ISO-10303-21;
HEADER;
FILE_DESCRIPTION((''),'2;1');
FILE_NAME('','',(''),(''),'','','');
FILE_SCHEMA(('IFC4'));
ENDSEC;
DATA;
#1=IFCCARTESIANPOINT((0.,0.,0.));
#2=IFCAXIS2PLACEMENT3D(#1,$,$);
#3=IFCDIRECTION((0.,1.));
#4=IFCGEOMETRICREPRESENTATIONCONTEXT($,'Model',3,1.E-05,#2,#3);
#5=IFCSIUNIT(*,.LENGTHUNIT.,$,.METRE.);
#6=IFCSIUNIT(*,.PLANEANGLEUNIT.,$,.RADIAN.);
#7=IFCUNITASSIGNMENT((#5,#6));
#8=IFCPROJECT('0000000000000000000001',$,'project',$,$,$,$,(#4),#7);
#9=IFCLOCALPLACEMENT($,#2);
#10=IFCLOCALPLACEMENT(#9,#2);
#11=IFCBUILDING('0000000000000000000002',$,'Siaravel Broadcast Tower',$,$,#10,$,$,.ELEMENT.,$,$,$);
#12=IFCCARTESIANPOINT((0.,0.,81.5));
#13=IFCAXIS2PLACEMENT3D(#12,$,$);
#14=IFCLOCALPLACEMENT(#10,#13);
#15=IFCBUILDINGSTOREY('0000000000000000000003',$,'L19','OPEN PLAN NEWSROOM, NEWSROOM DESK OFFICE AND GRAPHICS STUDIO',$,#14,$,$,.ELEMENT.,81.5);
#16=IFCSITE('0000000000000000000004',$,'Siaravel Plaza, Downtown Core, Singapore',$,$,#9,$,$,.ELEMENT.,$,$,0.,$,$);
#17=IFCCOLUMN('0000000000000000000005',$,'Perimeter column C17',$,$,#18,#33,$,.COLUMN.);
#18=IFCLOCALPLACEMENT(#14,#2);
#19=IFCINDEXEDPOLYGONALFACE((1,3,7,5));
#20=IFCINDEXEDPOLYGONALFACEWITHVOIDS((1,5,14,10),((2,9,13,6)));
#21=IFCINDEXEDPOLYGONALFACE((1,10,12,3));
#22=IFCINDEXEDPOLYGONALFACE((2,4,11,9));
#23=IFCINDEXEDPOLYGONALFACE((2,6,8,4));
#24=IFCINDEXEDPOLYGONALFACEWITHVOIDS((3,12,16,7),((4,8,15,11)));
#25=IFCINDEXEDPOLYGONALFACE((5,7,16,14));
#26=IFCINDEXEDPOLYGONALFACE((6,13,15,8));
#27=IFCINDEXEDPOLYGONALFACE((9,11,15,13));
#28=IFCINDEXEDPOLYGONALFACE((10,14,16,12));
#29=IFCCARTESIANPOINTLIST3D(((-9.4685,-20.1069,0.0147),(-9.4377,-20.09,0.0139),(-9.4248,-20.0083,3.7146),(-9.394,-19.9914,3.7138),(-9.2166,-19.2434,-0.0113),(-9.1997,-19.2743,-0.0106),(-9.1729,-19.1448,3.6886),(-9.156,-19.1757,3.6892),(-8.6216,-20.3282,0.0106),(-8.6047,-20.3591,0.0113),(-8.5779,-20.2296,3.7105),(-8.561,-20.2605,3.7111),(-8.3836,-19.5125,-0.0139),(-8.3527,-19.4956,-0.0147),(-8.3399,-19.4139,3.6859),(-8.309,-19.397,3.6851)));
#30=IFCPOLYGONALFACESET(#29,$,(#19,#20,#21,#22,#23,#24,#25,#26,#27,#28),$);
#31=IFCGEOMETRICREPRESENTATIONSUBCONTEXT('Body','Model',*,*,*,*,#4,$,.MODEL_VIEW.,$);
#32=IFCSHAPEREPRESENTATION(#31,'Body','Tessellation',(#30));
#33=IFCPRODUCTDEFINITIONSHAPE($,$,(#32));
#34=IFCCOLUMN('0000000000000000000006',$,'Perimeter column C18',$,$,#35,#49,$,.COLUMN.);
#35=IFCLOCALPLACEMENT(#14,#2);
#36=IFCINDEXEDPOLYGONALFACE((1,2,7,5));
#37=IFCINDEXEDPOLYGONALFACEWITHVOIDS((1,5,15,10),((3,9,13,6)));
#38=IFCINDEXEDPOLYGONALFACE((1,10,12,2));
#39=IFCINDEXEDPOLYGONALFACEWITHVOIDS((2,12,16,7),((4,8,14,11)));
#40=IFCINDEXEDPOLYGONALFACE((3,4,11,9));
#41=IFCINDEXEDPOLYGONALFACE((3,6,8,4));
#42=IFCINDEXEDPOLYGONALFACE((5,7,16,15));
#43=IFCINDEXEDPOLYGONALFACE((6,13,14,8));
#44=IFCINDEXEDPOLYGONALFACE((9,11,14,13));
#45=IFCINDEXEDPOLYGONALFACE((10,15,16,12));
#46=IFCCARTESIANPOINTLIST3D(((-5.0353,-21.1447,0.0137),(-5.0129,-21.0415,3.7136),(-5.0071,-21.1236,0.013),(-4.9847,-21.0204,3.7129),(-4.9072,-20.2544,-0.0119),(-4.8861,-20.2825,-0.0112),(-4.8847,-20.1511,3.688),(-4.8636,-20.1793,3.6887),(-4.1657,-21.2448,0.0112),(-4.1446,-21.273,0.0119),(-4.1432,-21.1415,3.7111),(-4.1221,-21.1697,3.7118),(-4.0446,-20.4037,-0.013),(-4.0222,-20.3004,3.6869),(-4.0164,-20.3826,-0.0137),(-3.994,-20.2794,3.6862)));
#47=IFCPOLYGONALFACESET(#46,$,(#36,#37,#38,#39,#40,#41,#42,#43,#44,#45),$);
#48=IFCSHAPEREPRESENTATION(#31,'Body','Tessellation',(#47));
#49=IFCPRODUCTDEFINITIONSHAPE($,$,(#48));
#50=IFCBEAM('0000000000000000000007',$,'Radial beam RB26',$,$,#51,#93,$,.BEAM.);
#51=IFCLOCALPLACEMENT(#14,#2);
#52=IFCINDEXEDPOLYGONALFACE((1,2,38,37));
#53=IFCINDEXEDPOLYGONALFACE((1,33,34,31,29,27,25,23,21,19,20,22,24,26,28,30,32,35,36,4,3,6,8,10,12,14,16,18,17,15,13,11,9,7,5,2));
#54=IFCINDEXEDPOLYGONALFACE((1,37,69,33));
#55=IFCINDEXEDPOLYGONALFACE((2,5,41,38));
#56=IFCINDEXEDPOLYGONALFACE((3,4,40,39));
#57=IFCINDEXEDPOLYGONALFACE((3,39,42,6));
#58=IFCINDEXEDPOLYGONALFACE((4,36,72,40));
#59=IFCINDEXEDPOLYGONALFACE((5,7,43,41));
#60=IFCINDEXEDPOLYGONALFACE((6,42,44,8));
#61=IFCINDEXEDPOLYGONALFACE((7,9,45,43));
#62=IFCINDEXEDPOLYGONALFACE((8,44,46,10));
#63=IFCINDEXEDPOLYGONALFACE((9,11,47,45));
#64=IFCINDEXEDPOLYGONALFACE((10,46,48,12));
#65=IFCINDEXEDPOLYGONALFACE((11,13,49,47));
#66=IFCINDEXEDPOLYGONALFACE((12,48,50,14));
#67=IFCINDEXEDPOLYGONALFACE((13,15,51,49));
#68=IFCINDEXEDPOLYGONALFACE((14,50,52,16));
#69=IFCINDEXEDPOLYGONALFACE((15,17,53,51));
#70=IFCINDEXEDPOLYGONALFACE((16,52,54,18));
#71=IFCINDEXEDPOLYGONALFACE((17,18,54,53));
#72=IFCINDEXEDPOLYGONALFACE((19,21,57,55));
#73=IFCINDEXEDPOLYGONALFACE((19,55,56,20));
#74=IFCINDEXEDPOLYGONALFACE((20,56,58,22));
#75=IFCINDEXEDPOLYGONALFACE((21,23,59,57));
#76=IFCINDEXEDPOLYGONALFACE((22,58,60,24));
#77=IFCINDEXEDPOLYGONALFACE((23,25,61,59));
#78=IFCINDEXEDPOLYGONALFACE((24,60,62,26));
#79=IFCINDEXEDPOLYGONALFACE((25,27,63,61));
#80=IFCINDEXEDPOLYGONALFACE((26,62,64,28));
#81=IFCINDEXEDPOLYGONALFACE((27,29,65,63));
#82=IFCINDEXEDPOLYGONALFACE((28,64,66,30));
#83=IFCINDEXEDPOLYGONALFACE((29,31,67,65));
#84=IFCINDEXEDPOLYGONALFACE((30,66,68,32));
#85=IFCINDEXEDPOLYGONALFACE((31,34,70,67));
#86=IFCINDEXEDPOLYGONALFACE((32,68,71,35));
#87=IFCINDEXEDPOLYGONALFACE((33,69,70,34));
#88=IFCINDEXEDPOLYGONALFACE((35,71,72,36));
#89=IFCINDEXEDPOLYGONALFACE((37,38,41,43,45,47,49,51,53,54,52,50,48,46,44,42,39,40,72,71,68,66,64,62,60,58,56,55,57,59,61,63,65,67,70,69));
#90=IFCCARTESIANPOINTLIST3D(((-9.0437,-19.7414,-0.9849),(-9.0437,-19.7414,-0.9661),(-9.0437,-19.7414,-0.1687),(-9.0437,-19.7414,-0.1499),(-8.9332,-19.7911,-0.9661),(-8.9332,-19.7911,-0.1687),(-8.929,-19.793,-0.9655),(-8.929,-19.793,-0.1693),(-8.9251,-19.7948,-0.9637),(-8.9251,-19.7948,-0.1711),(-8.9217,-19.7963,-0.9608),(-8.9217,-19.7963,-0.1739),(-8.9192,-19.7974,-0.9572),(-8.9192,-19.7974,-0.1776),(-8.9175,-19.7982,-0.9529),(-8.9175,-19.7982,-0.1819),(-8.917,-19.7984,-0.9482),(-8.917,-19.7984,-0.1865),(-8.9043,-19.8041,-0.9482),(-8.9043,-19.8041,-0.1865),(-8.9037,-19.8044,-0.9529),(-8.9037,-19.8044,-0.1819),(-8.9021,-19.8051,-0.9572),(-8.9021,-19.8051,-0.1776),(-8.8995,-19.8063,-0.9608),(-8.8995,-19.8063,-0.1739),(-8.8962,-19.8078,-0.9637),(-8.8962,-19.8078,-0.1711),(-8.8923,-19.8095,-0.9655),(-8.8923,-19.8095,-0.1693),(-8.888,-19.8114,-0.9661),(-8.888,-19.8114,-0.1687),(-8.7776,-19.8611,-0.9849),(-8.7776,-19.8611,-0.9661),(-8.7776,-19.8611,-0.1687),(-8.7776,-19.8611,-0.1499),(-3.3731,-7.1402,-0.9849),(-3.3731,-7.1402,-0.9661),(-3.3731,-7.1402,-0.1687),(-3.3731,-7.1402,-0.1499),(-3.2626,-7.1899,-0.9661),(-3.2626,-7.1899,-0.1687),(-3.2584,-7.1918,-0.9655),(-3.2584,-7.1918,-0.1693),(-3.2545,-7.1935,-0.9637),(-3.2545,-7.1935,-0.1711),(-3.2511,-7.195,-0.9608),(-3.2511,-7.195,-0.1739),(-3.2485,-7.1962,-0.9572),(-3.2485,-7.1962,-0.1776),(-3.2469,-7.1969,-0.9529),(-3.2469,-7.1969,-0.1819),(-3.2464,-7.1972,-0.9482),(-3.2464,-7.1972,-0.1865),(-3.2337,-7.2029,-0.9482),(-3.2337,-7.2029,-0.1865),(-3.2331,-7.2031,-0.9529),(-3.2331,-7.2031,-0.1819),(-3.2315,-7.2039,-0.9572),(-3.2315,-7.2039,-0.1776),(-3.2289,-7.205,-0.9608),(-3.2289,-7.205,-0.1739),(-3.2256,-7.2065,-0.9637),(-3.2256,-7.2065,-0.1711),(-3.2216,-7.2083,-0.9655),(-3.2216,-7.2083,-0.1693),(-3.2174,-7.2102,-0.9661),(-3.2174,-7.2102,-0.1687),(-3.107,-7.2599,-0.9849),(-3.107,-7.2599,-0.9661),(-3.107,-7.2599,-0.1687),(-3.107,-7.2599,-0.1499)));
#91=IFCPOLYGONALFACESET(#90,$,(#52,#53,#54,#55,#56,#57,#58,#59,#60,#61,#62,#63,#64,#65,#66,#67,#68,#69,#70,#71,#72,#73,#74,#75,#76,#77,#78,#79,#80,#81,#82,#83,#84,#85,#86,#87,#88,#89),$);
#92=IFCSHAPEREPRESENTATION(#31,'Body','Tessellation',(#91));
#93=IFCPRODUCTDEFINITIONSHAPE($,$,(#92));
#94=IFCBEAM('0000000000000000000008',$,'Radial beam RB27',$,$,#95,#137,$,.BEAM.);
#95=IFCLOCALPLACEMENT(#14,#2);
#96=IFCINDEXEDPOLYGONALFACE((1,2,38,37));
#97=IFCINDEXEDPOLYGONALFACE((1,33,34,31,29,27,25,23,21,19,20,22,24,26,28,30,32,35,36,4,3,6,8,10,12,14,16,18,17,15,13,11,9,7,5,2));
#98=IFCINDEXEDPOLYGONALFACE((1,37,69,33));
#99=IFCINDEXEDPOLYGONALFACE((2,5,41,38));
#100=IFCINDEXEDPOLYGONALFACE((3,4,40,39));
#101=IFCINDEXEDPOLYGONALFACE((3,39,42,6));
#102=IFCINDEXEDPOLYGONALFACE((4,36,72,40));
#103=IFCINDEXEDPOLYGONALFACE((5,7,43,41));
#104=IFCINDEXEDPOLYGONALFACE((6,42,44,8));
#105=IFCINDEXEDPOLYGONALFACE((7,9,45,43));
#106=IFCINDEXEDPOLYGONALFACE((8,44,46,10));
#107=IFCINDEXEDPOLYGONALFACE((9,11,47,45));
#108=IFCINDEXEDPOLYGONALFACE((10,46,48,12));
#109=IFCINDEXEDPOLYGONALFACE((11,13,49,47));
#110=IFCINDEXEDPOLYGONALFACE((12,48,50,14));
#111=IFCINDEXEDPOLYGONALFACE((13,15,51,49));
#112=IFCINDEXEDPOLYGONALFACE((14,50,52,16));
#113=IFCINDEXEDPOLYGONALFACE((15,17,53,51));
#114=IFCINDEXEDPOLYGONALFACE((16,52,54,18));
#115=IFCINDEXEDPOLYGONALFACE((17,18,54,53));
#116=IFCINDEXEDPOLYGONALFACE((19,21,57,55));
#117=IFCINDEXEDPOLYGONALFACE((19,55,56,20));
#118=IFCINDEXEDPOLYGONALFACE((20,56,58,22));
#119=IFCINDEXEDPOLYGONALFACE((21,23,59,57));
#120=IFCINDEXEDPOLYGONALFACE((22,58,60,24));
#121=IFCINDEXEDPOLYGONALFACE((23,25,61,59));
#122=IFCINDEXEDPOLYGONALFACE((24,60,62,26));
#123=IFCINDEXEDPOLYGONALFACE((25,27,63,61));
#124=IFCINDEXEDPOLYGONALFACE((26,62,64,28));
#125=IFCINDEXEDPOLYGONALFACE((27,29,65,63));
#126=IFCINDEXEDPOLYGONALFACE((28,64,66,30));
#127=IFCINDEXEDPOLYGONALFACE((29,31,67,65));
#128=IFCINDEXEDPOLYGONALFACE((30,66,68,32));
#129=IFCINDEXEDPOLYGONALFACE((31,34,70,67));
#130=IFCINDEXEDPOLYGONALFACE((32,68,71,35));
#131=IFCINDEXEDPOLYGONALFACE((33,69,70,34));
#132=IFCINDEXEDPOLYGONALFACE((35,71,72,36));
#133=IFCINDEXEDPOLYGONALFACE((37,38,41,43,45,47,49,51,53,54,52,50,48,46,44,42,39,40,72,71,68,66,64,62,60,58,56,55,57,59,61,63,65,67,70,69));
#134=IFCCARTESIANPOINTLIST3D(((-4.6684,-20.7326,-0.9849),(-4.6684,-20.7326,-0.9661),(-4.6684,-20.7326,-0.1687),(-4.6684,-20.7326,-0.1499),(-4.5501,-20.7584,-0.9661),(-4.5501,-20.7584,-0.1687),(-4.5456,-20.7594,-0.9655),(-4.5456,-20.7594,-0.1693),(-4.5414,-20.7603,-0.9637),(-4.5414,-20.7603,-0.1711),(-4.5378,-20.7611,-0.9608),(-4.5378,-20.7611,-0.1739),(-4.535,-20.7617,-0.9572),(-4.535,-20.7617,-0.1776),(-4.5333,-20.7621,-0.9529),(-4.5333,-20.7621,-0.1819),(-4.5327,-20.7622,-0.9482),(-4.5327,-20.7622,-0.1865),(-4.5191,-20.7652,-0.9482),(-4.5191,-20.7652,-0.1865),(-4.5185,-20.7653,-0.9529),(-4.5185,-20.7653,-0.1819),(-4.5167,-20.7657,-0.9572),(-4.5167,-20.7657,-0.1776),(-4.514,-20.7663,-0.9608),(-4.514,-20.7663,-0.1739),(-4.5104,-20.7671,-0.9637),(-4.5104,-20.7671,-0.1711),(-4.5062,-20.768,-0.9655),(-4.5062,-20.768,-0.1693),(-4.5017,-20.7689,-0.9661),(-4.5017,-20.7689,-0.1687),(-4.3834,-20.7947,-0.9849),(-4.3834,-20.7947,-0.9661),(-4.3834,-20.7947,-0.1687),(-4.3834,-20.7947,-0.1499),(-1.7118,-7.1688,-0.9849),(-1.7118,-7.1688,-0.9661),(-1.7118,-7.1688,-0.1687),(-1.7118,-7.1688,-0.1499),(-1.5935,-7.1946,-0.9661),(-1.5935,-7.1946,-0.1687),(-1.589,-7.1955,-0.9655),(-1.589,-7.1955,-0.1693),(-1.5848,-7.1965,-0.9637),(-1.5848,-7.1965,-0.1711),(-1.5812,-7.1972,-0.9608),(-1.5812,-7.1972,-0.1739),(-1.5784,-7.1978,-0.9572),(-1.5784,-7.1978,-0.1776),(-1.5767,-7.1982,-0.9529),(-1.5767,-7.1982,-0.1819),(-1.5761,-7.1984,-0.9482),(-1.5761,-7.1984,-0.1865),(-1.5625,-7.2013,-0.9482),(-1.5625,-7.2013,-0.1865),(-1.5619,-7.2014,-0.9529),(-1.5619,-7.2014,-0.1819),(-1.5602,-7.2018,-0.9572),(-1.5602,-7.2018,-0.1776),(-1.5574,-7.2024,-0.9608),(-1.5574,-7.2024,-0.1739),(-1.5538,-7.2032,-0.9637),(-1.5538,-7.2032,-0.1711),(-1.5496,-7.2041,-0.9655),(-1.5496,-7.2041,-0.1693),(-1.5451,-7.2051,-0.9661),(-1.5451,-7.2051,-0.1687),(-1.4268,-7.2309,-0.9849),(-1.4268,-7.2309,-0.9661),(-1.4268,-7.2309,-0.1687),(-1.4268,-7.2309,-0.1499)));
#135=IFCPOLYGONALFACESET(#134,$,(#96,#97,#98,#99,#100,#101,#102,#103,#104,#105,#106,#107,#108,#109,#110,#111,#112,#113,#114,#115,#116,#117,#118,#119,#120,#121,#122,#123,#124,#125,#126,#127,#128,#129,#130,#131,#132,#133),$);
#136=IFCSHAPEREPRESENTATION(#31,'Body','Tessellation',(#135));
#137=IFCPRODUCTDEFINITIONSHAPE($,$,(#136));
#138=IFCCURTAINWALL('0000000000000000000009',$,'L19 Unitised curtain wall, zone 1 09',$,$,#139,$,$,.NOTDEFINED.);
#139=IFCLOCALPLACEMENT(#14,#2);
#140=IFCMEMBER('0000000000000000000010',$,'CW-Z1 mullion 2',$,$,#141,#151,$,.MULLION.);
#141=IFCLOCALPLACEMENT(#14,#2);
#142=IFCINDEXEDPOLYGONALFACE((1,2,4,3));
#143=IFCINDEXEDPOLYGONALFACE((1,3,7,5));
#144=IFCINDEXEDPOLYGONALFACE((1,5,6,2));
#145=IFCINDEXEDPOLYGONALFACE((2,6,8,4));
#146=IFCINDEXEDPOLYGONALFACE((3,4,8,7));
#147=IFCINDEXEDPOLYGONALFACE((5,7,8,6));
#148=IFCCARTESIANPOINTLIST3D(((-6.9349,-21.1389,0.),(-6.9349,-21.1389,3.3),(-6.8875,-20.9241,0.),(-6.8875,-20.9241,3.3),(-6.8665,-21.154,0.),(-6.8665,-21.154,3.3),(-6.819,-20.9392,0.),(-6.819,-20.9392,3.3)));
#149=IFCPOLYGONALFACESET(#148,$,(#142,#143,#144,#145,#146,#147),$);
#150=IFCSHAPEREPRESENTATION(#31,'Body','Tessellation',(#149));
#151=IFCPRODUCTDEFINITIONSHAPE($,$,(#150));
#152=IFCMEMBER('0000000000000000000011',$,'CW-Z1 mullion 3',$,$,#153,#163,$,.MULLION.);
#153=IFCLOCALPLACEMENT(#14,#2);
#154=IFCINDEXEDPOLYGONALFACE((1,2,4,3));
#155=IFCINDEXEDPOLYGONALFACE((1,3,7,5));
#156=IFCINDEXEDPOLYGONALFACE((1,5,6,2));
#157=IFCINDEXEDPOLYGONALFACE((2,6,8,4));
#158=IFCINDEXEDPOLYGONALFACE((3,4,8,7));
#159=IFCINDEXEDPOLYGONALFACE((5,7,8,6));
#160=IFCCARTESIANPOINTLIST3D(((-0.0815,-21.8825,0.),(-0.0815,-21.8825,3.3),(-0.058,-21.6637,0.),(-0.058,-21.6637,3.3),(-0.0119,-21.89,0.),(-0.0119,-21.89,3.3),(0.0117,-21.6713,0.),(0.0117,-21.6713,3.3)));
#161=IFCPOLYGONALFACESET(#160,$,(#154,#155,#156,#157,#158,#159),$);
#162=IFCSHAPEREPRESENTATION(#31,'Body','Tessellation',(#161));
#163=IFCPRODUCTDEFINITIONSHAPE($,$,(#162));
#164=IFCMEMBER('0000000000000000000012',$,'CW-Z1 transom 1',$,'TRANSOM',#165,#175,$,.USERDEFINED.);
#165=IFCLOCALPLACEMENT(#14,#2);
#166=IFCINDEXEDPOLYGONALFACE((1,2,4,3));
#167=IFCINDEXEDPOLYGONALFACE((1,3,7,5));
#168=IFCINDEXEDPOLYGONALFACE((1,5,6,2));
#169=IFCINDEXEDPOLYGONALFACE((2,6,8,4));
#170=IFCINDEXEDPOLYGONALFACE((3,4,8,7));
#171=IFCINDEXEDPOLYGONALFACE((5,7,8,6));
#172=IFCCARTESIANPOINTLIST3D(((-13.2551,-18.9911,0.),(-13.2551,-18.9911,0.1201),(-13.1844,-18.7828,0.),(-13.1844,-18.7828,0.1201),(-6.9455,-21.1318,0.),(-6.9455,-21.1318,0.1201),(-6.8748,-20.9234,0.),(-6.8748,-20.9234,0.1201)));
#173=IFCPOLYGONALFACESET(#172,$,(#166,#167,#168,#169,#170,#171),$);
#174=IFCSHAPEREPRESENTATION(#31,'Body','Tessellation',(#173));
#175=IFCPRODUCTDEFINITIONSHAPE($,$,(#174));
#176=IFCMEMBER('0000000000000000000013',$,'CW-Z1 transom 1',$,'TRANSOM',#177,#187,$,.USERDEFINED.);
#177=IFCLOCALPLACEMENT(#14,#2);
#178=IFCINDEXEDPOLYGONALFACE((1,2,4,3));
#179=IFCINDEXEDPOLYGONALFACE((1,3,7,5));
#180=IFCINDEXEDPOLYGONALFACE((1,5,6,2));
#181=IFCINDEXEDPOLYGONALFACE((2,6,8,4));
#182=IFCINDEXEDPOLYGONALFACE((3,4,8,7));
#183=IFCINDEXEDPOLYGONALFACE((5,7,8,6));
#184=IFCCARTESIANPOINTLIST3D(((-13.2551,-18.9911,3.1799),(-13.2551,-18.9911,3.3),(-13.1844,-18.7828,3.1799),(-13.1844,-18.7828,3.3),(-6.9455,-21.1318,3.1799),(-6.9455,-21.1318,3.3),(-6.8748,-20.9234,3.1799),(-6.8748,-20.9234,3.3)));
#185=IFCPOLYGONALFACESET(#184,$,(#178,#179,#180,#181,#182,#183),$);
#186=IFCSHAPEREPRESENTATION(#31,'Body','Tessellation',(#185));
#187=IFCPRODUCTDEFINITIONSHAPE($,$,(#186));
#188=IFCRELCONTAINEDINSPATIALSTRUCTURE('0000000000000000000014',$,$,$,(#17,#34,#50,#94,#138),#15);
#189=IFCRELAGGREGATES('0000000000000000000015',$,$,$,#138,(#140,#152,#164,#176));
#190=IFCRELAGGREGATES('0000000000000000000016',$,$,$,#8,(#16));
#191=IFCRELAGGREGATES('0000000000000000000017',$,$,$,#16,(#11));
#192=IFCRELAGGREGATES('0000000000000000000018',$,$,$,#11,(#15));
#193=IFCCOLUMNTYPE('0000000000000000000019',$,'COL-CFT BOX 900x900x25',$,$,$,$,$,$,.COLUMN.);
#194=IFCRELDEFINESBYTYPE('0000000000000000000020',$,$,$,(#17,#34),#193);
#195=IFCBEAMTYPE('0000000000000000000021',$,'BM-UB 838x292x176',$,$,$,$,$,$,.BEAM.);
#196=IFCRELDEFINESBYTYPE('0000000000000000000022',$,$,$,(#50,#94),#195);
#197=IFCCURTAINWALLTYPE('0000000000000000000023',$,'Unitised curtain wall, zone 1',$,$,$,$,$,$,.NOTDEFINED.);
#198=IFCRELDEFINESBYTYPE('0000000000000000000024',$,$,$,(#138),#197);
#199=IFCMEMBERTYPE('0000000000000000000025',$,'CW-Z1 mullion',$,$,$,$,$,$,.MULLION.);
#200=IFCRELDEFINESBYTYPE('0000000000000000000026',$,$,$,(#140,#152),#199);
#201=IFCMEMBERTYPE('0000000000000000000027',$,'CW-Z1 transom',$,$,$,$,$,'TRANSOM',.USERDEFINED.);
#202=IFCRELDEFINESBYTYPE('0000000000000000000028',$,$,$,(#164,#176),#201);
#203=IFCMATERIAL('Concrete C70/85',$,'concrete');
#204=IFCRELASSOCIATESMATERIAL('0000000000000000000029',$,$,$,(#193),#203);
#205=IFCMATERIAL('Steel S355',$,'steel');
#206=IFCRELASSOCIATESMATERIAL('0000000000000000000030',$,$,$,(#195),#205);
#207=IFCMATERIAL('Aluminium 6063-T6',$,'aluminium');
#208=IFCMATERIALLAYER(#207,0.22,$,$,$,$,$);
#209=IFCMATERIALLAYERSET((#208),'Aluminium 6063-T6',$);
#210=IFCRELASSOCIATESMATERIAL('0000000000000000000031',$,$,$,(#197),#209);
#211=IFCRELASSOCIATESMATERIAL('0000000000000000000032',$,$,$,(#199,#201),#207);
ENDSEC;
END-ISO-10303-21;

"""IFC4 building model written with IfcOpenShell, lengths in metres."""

from ifc_helpers import new_model, si_unit, direction, frame, origin, origin_2d, place, context, subcontext, project, spatial, rectangle, hollow_rectangle, i_section, extrude, material, layer, layer_set, material_profile, profile_set, type_object, element, aggregate, save


model = new_model("IFC4")

# Units and contexts
model_context = context("Model", 3, precision=1e-05, world=origin(), true_north=direction((0.0, 1.0)))
body_context = subcontext(model_context, "Body", "Model", "MODEL_VIEW")
ifc_project = project(units=[si_unit("LENGTHUNIT", "METRE"), si_unit("PLANEANGLEUNIT", "RADIAN")], contexts=[model_context])

# Site, building, storey
site_placement = place(None, origin())
site = spatial("IfcSite", under=ifc_project, at=site_placement, Name="Siaravel Plaza, Downtown Core, Singapore", CompositionType="ELEMENT", RefElevation=0.0)
building_placement = place(site_placement, origin())
building = spatial("IfcBuilding", under=site, at=building_placement, Name="Siaravel Broadcast Tower", CompositionType="ELEMENT")
storey_placement = place(building_placement, frame((0.0, 0.0, 81.5)))
storey = spatial("IfcBuildingStorey", under=building, at=storey_placement, Name="L19", Description="OPEN PLAN NEWSROOM, NEWSROOM DESK OFFICE AND GRAPHICS STUDIO", CompositionType="ELEMENT", Elevation=81.5)

# Columns
ifc_material_1 = material(Name="Concrete C70/85", Category="concrete")
ifc_material_profile_1 = material_profile(ifc_material_1, hollow_rectangle(XDim=0.8999, YDim=0.8999, WallThickness=0.0249, at=origin_2d()))
ifc_profile_set_1 = profile_set([ifc_material_profile_1], Name="Concrete C70/85")
column_type = type_object("IfcColumnType", Name="COL-CFT BOX 900x900x25", PredefinedType="COLUMN", material=ifc_profile_set_1)
for number, where, z_axis, x_axis, name in (
    (1, (-8.9106, -19.8013, 0.0), (0.011806, 0.026647, 0.999575), (-0.959931, 0.28021, 0.003868), "Perimeter column C17"),
    (2, (-4.5259, -20.7637, 0.0), (0.006068, 0.0279, 0.999592), (-0.989789, 0.142526, 0.00203), "Perimeter column C18"),
):
    element("IfcColumn", number, at=place(storey_placement, frame(where, z_axis=z_axis, x_axis=x_axis)), inside=storey, type_object=column_type, Name=name, PredefinedType="COLUMN", context=body_context, shape_type="SweptSolid", body=[
        extrude(hollow_rectangle(XDim=0.8999, YDim=0.8999, WallThickness=0.0249, at=origin_2d()), origin(), (0.0, 0.0, 1.0), 3.7014),
    ])

# Beams
ifc_material_2 = material(Name="Steel S355", Category="steel")
ifc_material_profile_2 = material_profile(ifc_material_2, i_section(OverallWidth=0.2917, OverallDepth=0.835, WebThickness=0.0139, FlangeThickness=0.0188, FilletRadius=0.0178, at=origin_2d()))
ifc_profile_set_2 = profile_set([ifc_material_profile_2], Name="Steel S355")
beam_type = type_object("IfcBeamType", Name="BM-UB 838x292x176", PredefinedType="BEAM", material=ifc_profile_set_2)
beam_1_placement = place(storey_placement, frame((-8.9106, -19.8013, -0.5674), z_axis=(0.410368, 0.91192, 0.0), x_axis=(-0.91192, 0.410368, 0.0)))
element("IfcBeam", 3, at=beam_1_placement, inside=storey, type_object=beam_type, Name="Radial beam RB26", PredefinedType="BEAM", context=body_context, shape_type="SweptSolid", body=[
    extrude(i_section(OverallWidth=0.2917, OverallDepth=0.835, WebThickness=0.0139, FlangeThickness=0.0188, FilletRadius=0.0178, at=origin_2d()), origin(), (0.0, 0.0, 1.0), 13.8184),
])
beam_2_placement = place(storey_placement, frame((-4.5259, -20.7637, -0.5674), z_axis=(0.212974, 0.977058, 0.0), x_axis=(-0.977058, 0.212974, 0.0)))
element("IfcBeam", 4, at=beam_2_placement, inside=storey, type_object=beam_type, Name="Radial beam RB27", PredefinedType="BEAM", context=body_context, shape_type="SweptSolid", body=[
    extrude(i_section(OverallWidth=0.2917, OverallDepth=0.835, WebThickness=0.0139, FlangeThickness=0.0188, FilletRadius=0.0178, at=origin_2d()), origin(), (0.0, 0.0, 1.0), 13.8823),
])

# Curtain wall, members
ifc_material_3 = material(Name="Aluminium 6063-T6", Category="aluminium")
ifc_layer_1 = layer(ifc_material_3, 0.22)
ifc_layer_set_1 = layer_set([ifc_layer_1], Name="Aluminium 6063-T6")
curtain_wall_type = type_object("IfcCurtainWallType", Name="Unitised curtain wall, zone 1", PredefinedType="NOTDEFINED", material=ifc_layer_set_1)
curtain_wall_placement = place(storey_placement, origin())
curtain_wall = element("IfcCurtainWall", 5, at=curtain_wall_placement, inside=storey, type_object=curtain_wall_type, Name="L19 Unitised curtain wall, zone 1 09", PredefinedType="NOTDEFINED")
ifc_material_profile_3 = material_profile(ifc_material_3, rectangle(XDim=0.22, YDim=0.0701, at=origin_2d()))
ifc_profile_set_3 = profile_set([ifc_material_profile_3], Name="Aluminium 6063-T6")
member_type_1 = type_object("IfcMemberType", Name="CW-Z1 mullion", PredefinedType="MULLION", material=ifc_profile_set_3)
member_1_placement = place(storey_placement, frame((-6.877, -21.0391, 0.0), z_axis=(0.0, 0.0, 1.0), x_axis=(0.215558, 0.976491, 0.0)))
member_1 = element("IfcMember", 6, at=member_1_placement, type_object=member_type_1, Name="CW-Z1 mullion 2", PredefinedType="MULLION", context=body_context, shape_type="SweptSolid", body=[
    extrude(rectangle(XDim=0.22, YDim=0.0701, at=origin_2d()), origin(), (0.0, 0.0, 1.0), 3.3),
])
member_2_placement = place(storey_placement, frame((-0.0349, -21.7769, 0.0), z_axis=(0.0, 0.0, 1.0), x_axis=(0.107218, 0.994236, 0.0)))
member_2 = element("IfcMember", 7, at=member_2_placement, type_object=member_type_1, Name="CW-Z1 mullion 3", PredefinedType="MULLION", context=body_context, shape_type="SweptSolid", body=[
    extrude(rectangle(XDim=0.22, YDim=0.0701, at=origin_2d()), origin(), (0.0, 0.0, 1.0), 3.3),
])
ifc_material_profile_4 = material_profile(ifc_material_3, rectangle(XDim=0.22, YDim=0.1201, at=origin_2d()))
ifc_profile_set_4 = profile_set([ifc_material_profile_4], Name="Aluminium 6063-T6")
member_type_2 = type_object("IfcMemberType", Name="CW-Z1 transom", ElementType="TRANSOM", PredefinedType="USERDEFINED", material=ifc_profile_set_4)
member_3_placement = place(storey_placement, frame((-13.2197, -18.887, 0.0601), z_axis=(0.946984, -0.32128, 0.0), x_axis=(0.32128, 0.946984, 0.0)))
member_3 = element("IfcMember", 8, at=member_3_placement, type_object=member_type_2, Name="CW-Z1 transom 1", ObjectType="TRANSOM", PredefinedType="USERDEFINED", context=body_context, shape_type="SweptSolid", body=[
    extrude(rectangle(XDim=0.22, YDim=0.1201, at=origin_2d()), origin(), (0.0, 0.0, 1.0), 6.6628),
])
member_4_placement = place(storey_placement, frame((-13.2197, -18.887, 3.24), z_axis=(0.946984, -0.32128, 0.0), x_axis=(0.32128, 0.946984, 0.0)))
member_4 = element("IfcMember", 9, at=member_4_placement, type_object=member_type_2, Name="CW-Z1 transom 1", ObjectType="TRANSOM", PredefinedType="USERDEFINED", context=body_context, shape_type="SweptSolid", body=[
    extrude(rectangle(XDim=0.22, YDim=0.1201, at=origin_2d()), origin(), (0.0, 0.0, 1.0), 6.6628),
])

aggregate(curtain_wall, [member_1, member_2, member_3, member_4])

save(model, "model.ifc")
